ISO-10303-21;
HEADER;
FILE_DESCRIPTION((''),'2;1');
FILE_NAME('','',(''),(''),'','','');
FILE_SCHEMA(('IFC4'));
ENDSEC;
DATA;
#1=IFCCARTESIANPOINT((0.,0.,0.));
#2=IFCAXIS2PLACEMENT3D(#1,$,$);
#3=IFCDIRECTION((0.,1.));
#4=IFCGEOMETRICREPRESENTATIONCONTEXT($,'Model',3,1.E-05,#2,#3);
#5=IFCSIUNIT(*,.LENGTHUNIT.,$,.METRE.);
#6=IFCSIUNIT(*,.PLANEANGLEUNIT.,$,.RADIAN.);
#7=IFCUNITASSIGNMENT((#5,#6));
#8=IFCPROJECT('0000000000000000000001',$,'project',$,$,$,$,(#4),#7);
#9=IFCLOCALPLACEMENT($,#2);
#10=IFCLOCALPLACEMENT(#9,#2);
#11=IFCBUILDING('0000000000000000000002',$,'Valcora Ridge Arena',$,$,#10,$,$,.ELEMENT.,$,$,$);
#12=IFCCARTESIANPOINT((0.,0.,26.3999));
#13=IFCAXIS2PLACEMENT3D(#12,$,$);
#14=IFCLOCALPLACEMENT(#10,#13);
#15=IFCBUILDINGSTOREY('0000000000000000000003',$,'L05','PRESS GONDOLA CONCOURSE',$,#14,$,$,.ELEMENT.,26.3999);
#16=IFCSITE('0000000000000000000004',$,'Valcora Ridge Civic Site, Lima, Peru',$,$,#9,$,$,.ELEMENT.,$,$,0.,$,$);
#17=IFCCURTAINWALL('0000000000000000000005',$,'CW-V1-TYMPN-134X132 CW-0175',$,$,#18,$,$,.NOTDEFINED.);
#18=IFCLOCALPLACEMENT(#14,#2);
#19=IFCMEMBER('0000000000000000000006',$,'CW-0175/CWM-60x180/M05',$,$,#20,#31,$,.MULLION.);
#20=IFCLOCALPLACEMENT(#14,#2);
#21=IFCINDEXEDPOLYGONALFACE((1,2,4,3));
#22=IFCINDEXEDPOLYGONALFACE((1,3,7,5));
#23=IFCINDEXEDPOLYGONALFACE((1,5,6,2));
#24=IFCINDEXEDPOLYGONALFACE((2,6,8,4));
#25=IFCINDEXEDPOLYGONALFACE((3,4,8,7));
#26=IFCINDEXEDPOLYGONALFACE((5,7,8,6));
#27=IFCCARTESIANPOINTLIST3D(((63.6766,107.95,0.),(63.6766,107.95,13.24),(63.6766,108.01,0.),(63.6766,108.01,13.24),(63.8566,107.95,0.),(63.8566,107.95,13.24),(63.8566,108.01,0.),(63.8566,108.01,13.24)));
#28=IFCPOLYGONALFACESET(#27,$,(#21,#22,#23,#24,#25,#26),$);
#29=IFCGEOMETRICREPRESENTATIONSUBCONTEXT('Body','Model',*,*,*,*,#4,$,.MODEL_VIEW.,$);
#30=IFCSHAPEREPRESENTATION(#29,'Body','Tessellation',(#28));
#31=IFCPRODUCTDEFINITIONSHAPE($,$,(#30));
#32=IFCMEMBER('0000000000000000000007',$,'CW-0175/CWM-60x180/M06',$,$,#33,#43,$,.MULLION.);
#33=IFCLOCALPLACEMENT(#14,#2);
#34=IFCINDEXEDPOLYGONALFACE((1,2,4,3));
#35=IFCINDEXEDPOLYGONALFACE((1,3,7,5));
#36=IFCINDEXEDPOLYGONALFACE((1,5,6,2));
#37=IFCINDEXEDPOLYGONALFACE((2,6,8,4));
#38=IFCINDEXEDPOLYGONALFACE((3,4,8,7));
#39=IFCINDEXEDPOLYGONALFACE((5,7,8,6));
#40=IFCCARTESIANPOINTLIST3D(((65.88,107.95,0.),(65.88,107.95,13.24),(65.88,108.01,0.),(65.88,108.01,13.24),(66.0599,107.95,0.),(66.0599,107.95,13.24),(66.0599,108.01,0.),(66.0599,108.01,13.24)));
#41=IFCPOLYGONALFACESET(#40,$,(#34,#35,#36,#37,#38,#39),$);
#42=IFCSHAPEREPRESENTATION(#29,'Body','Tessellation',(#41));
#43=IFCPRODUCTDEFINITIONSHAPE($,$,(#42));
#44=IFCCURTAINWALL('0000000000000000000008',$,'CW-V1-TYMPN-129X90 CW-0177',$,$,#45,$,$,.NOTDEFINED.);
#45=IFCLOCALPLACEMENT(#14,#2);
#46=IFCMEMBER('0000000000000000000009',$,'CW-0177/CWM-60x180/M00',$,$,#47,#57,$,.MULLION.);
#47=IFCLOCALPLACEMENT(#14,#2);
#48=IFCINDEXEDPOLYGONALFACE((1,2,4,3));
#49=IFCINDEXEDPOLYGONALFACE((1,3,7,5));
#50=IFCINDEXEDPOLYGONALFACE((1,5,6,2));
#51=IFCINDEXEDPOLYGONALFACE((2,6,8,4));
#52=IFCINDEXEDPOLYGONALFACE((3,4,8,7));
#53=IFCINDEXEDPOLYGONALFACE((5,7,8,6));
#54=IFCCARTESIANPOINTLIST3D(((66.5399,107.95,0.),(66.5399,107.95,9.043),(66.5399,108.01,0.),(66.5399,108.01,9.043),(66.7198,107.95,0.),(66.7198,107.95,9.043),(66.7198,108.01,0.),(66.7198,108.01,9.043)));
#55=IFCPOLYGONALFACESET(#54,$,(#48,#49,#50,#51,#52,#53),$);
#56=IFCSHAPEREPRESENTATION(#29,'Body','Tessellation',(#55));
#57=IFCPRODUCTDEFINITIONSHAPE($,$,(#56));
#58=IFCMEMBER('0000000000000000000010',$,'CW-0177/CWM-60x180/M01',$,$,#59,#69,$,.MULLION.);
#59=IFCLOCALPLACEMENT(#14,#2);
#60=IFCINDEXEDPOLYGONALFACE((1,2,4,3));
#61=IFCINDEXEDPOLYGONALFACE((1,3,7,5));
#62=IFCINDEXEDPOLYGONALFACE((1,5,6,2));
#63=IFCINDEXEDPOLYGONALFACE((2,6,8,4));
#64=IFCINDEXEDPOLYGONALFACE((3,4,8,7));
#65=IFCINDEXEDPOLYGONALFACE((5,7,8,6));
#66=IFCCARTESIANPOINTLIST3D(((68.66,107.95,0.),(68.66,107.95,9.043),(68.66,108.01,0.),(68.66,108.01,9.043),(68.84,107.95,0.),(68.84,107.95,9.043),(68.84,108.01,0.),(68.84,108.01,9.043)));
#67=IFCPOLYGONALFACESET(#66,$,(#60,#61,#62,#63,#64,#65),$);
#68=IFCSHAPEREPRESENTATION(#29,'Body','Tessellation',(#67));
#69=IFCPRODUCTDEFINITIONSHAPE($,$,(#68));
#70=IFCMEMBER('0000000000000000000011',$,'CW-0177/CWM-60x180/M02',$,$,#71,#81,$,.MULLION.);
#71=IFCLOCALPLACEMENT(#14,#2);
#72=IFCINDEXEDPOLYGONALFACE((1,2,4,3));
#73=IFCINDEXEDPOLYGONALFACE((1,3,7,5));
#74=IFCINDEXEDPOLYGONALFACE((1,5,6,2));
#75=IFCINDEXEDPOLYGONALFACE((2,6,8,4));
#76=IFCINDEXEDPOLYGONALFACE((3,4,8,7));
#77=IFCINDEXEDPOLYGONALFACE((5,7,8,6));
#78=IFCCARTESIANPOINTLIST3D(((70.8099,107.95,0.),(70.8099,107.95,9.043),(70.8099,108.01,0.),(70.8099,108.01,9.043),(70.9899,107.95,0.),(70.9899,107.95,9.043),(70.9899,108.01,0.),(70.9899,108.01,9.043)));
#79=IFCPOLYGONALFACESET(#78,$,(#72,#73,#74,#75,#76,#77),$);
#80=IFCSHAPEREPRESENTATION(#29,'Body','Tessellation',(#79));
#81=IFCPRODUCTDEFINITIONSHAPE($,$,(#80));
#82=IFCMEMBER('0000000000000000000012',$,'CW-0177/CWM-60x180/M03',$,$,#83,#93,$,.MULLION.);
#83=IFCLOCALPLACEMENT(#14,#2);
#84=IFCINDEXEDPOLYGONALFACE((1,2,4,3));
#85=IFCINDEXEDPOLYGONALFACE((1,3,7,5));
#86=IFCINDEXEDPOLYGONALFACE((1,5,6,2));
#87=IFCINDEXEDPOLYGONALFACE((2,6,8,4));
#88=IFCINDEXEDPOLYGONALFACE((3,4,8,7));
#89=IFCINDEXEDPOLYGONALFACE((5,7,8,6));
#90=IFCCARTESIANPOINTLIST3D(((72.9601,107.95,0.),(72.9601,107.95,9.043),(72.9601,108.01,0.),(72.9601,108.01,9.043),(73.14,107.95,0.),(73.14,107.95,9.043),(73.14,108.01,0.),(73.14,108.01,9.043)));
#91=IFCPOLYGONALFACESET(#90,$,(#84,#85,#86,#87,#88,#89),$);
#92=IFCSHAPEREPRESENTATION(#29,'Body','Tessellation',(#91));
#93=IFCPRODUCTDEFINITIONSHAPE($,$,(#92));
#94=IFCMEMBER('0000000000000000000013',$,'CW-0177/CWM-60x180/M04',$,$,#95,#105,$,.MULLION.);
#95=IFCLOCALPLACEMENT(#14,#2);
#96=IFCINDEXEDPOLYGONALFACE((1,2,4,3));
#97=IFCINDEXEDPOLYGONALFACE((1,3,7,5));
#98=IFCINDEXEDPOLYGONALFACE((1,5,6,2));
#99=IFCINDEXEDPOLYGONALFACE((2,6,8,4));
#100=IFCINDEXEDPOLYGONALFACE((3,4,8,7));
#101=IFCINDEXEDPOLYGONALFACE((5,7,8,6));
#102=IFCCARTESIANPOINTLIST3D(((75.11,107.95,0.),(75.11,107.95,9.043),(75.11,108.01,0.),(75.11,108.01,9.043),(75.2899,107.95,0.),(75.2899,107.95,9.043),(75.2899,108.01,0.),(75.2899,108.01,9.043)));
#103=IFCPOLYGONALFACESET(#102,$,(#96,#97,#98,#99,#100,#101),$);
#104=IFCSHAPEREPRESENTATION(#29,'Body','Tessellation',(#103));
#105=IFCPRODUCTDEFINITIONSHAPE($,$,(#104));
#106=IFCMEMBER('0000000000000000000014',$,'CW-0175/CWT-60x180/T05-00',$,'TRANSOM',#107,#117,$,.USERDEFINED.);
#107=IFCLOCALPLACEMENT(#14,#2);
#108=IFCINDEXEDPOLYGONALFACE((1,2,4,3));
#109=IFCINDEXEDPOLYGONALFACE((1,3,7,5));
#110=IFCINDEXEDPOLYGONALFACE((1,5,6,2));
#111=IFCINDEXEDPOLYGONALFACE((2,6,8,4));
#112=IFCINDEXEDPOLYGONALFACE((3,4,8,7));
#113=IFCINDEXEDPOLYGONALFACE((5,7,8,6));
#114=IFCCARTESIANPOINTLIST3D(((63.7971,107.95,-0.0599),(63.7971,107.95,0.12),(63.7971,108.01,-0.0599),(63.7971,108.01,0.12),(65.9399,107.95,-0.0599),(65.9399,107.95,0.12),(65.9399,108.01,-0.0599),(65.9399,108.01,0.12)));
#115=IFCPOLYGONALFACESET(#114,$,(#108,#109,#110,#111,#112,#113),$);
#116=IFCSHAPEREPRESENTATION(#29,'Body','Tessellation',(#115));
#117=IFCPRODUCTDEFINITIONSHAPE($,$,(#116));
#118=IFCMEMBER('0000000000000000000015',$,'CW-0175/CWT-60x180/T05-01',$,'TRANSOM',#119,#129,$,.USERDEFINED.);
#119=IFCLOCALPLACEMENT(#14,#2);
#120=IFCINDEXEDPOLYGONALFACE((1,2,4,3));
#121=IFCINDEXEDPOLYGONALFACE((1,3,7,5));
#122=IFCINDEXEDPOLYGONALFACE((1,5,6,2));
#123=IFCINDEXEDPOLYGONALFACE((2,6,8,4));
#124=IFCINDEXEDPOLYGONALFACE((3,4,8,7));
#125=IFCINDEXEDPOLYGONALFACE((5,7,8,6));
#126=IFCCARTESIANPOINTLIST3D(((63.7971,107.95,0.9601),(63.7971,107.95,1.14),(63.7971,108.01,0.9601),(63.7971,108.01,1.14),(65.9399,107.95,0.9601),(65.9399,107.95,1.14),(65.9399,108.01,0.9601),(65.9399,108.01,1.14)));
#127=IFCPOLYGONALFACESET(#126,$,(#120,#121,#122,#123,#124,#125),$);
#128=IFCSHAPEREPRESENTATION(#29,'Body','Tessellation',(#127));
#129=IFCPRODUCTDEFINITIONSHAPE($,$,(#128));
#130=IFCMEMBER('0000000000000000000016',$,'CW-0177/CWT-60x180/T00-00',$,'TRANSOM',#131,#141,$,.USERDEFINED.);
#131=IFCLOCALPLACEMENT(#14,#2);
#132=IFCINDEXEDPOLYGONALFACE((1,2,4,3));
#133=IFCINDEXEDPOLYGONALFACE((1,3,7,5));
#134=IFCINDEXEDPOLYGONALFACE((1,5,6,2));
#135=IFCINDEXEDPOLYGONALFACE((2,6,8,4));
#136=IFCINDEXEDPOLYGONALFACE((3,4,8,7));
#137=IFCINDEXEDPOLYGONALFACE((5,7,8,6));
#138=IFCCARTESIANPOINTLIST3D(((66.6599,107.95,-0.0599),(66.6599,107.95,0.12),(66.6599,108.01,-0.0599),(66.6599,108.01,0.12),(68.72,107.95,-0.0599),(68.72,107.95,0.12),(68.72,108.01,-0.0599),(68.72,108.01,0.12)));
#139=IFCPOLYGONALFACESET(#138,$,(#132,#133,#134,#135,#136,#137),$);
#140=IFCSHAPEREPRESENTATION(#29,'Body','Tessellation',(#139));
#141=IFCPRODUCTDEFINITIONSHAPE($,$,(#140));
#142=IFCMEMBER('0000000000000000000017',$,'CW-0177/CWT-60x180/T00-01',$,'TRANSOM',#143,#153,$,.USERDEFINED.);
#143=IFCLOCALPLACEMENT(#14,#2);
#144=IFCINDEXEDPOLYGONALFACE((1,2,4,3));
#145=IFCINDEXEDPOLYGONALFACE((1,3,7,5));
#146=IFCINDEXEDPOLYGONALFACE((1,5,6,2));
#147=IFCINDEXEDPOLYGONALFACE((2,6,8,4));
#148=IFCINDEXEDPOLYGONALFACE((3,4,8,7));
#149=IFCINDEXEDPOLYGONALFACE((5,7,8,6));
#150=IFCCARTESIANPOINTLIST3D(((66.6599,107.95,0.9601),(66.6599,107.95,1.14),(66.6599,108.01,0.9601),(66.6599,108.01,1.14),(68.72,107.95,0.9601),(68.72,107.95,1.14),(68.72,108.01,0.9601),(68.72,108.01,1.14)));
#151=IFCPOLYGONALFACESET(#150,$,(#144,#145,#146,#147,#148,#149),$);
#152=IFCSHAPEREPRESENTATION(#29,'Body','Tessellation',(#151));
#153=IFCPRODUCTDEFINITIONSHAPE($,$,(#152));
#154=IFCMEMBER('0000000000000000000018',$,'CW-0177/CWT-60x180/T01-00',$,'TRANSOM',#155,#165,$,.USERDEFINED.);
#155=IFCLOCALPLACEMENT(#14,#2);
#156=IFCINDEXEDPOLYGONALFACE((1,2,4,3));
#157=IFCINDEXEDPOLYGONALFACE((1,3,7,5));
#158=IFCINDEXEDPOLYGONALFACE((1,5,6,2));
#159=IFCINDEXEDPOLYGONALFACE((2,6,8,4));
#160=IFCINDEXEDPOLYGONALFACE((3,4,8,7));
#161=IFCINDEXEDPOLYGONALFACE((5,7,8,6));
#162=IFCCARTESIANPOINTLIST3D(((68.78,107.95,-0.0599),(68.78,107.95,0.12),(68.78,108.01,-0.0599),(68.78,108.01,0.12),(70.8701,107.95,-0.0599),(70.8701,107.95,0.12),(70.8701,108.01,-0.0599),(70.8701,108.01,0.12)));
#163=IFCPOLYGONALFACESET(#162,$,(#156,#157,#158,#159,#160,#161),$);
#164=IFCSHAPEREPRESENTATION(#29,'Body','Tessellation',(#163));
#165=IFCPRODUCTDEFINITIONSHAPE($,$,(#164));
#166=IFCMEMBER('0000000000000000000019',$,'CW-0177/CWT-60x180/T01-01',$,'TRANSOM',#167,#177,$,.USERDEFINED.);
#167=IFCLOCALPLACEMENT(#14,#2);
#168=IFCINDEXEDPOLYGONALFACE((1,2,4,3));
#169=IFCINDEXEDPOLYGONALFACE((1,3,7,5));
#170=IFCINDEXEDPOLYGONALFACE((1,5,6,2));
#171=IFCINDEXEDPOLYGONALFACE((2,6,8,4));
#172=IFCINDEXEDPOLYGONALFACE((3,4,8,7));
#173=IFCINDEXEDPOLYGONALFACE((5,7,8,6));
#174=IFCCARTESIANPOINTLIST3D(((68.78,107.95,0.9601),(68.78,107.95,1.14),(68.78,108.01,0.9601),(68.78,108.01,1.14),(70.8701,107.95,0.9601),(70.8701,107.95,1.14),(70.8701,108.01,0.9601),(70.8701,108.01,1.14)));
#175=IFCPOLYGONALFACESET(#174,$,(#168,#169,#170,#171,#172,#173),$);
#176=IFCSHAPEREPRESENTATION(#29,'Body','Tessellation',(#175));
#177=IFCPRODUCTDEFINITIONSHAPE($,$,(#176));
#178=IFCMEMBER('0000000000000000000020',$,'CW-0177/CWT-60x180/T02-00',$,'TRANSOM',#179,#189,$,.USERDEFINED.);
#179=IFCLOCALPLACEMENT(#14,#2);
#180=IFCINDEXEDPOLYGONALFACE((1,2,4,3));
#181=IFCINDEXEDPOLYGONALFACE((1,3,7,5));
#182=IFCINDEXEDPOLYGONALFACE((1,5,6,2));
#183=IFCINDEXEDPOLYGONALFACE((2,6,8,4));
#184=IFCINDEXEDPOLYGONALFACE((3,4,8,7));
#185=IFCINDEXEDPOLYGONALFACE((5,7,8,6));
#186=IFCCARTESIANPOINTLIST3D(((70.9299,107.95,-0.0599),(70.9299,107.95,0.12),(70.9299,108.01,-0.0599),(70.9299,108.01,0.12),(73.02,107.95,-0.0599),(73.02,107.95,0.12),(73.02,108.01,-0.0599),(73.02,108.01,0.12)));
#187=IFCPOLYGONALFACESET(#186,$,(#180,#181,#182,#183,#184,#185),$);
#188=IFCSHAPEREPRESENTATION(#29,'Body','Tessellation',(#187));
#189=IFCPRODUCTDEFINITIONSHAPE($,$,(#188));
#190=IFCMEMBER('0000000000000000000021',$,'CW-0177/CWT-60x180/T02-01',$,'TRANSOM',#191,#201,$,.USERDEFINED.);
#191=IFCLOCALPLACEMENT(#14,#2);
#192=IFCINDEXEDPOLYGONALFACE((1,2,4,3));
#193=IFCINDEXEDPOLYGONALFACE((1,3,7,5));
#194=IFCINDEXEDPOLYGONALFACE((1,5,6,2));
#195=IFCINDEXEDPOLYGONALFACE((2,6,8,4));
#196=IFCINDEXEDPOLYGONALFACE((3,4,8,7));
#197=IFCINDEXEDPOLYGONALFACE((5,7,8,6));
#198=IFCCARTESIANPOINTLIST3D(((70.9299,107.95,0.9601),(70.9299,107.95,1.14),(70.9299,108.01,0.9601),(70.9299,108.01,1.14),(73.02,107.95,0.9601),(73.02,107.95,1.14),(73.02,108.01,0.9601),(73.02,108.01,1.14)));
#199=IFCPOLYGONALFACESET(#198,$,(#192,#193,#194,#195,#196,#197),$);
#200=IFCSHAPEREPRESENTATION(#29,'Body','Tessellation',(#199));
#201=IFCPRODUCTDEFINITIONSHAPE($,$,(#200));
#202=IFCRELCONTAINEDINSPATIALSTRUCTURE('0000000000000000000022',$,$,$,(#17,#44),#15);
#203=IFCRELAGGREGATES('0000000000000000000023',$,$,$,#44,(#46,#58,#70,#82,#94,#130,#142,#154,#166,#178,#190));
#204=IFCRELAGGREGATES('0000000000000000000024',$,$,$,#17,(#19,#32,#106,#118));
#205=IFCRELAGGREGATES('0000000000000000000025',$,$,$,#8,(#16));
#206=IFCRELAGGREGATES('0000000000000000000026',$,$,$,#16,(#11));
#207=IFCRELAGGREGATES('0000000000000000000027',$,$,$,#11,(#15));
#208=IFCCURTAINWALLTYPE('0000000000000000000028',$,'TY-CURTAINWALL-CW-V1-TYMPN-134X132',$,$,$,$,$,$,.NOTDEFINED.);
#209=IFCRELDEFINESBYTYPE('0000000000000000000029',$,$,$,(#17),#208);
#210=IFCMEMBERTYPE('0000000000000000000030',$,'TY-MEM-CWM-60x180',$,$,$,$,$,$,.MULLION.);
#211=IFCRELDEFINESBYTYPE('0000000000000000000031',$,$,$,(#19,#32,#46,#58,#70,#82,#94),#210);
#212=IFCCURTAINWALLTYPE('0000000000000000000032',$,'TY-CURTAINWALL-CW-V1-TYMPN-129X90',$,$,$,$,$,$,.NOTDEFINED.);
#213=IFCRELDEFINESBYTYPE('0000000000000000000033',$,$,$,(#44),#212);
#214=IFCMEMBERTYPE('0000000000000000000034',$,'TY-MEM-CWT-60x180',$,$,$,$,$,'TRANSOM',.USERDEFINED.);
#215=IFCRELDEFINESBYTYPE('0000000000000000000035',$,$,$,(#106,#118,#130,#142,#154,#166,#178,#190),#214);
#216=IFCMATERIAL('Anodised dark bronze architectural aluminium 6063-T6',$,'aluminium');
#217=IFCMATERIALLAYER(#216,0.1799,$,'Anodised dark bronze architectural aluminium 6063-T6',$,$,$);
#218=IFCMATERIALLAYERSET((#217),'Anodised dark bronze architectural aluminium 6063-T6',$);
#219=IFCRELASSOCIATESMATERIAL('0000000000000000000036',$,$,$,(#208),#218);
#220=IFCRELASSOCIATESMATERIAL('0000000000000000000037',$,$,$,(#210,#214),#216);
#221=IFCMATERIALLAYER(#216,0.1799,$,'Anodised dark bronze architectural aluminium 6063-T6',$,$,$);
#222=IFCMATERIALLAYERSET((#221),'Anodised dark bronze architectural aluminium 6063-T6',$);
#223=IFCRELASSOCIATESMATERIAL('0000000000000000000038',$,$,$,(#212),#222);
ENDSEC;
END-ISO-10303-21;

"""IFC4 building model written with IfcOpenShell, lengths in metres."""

from ifc_helpers import new_model, si_unit, direction, frame, origin, origin_2d, place, context, subcontext, project, spatial, rectangle, extrude, material, layer, layer_set, material_profile, profile_set, type_object, element, aggregate, save


model = new_model("IFC4")

# Units and contexts
model_context = context("Model", 3, precision=1e-05, world=origin(), true_north=direction((0.0, 1.0)))
body_context = subcontext(model_context, "Body", "Model", "MODEL_VIEW")
ifc_project = project(units=[si_unit("LENGTHUNIT", "METRE"), si_unit("PLANEANGLEUNIT", "RADIAN")], contexts=[model_context])

# Site, building, storey
site_placement = place(None, origin())
site = spatial("IfcSite", under=ifc_project, at=site_placement, Name="Valcora Ridge Civic Site, Lima, Peru", CompositionType="ELEMENT", RefElevation=0.0)
building_placement = place(site_placement, origin())
building = spatial("IfcBuilding", under=site, at=building_placement, Name="Valcora Ridge Arena", CompositionType="ELEMENT")
storey_placement = place(building_placement, frame((0.0, 0.0, 26.3999)))
storey = spatial("IfcBuildingStorey", under=building, at=storey_placement, Name="L05", Description="PRESS GONDOLA CONCOURSE", CompositionType="ELEMENT", Elevation=26.3999)

# Curtain walls, members
ifc_material_1 = material(Name="Anodised dark bronze architectural aluminium 6063-T6", Category="aluminium")
ifc_layer_1 = layer(ifc_material_1, 0.1799, Name="Anodised dark bronze architectural aluminium 6063-T6")
ifc_layer_set_1 = layer_set([ifc_layer_1], Name="Anodised dark bronze architectural aluminium 6063-T6")
curtain_wall_type_1 = type_object("IfcCurtainWallType", Name="TY-CURTAINWALL-CW-V1-TYMPN-134X132", PredefinedType="NOTDEFINED", material=ifc_layer_set_1)
curtain_wall_1_placement = place(storey_placement, origin())
curtain_wall_1 = element("IfcCurtainWall", 1, at=curtain_wall_1_placement, inside=storey, type_object=curtain_wall_type_1, Name="CW-V1-TYMPN-134X132 CW-0175", PredefinedType="NOTDEFINED")
ifc_material_profile_1 = material_profile(ifc_material_1, rectangle(XDim=0.0601, YDim=0.1799, at=origin_2d()), Name="ALU MULLION 60x180")
ifc_profile_set_1 = profile_set([ifc_material_profile_1], Name="Anodised dark bronze architectural aluminium 6063-T6")
member_type_1 = type_object("IfcMemberType", Name="TY-MEM-CWM-60x180", PredefinedType="MULLION", material=ifc_profile_set_1)
member_1_placement = place(storey_placement, frame((63.7666, 107.98, 0.0), z_axis=(0.0, 0.0, 1.0), x_axis=(0.0, 1.0, 0.0)))
member_1 = element("IfcMember", 2, at=member_1_placement, type_object=member_type_1, Name="CW-0175/CWM-60x180/M05", PredefinedType="MULLION", context=body_context, shape_type="SweptSolid", body=[
    extrude(rectangle(XDim=0.0601, YDim=0.1799, at=origin_2d()), origin(), (0.0, 0.0, 1.0), 13.24),
])
member_2_placement = place(storey_placement, frame((65.97, 107.98, 0.0), z_axis=(0.0, 0.0, 1.0), x_axis=(0.0, 1.0, 0.0)))
member_2 = element("IfcMember", 3, at=member_2_placement, type_object=member_type_1, Name="CW-0175/CWM-60x180/M06", PredefinedType="MULLION", context=body_context, shape_type="SweptSolid", body=[
    extrude(rectangle(XDim=0.0601, YDim=0.1799, at=origin_2d()), origin(), (0.0, 0.0, 1.0), 13.24),
])
ifc_layer_2 = layer(ifc_material_1, 0.1799, Name="Anodised dark bronze architectural aluminium 6063-T6")
ifc_layer_set_2 = layer_set([ifc_layer_2], Name="Anodised dark bronze architectural aluminium 6063-T6")
curtain_wall_type_2 = type_object("IfcCurtainWallType", Name="TY-CURTAINWALL-CW-V1-TYMPN-129X90", PredefinedType="NOTDEFINED", material=ifc_layer_set_2)
curtain_wall_2_placement = place(storey_placement, origin())
curtain_wall_2 = element("IfcCurtainWall", 4, at=curtain_wall_2_placement, inside=storey, type_object=curtain_wall_type_2, Name="CW-V1-TYMPN-129X90 CW-0177", PredefinedType="NOTDEFINED")
member_3_placement = place(storey_placement, frame((66.6299, 107.98, 0.0), z_axis=(0.0, 0.0, 1.0), x_axis=(0.0, 1.0, 0.0)))
member_3 = element("IfcMember", 5, at=member_3_placement, type_object=member_type_1, Name="CW-0177/CWM-60x180/M00", PredefinedType="MULLION", context=body_context, shape_type="SweptSolid", body=[
    extrude(rectangle(XDim=0.0601, YDim=0.1799, at=origin_2d()), origin(), (0.0, 0.0, 1.0), 9.043),
])
member_4_placement = place(storey_placement, frame((68.75, 107.98, 0.0), z_axis=(0.0, 0.0, 1.0), x_axis=(0.0, 1.0, 0.0)))
member_4 = element("IfcMember", 6, at=member_4_placement, type_object=member_type_1, Name="CW-0177/CWM-60x180/M01", PredefinedType="MULLION", context=body_context, shape_type="SweptSolid", body=[
    extrude(rectangle(XDim=0.0601, YDim=0.1799, at=origin_2d()), origin(), (0.0, 0.0, 1.0), 9.043),
])
member_5_placement = place(storey_placement, frame((70.8999, 107.98, 0.0), z_axis=(0.0, 0.0, 1.0), x_axis=(0.0, 1.0, 0.0)))
member_5 = element("IfcMember", 7, at=member_5_placement, type_object=member_type_1, Name="CW-0177/CWM-60x180/M02", PredefinedType="MULLION", context=body_context, shape_type="SweptSolid", body=[
    extrude(rectangle(XDim=0.0601, YDim=0.1799, at=origin_2d()), origin(), (0.0, 0.0, 1.0), 9.043),
])
member_6_placement = place(storey_placement, frame((73.05, 107.98, 0.0), z_axis=(0.0, 0.0, 1.0), x_axis=(0.0, 1.0, 0.0)))
member_6 = element("IfcMember", 8, at=member_6_placement, type_object=member_type_1, Name="CW-0177/CWM-60x180/M03", PredefinedType="MULLION", context=body_context, shape_type="SweptSolid", body=[
    extrude(rectangle(XDim=0.0601, YDim=0.1799, at=origin_2d()), origin(), (0.0, 0.0, 1.0), 9.043),
])
member_7_placement = place(storey_placement, frame((75.2, 107.98, 0.0), z_axis=(0.0, 0.0, 1.0), x_axis=(0.0, 1.0, 0.0)))
member_7 = element("IfcMember", 9, at=member_7_placement, type_object=member_type_1, Name="CW-0177/CWM-60x180/M04", PredefinedType="MULLION", context=body_context, shape_type="SweptSolid", body=[
    extrude(rectangle(XDim=0.0601, YDim=0.1799, at=origin_2d()), origin(), (0.0, 0.0, 1.0), 9.043),
])

# Members
ifc_material_profile_2 = material_profile(ifc_material_1, rectangle(XDim=0.0601, YDim=0.1799, at=origin_2d()), Name="ALU TRANSOM 60x180")
ifc_profile_set_2 = profile_set([ifc_material_profile_2], Name="Anodised dark bronze architectural aluminium 6063-T6")
member_type_2 = type_object("IfcMemberType", Name="TY-MEM-CWT-60x180", ElementType="TRANSOM", PredefinedType="USERDEFINED", material=ifc_profile_set_2)
member_8_placement = place(storey_placement, frame((63.7971, 107.98, 0.03), z_axis=(1.0, 0.0, 0.0), x_axis=(0.0, 1.0, 0.0)))
member_8 = element("IfcMember", 10, at=member_8_placement, type_object=member_type_2, Name="CW-0175/CWT-60x180/T05-00", ObjectType="TRANSOM", PredefinedType="USERDEFINED", context=body_context, shape_type="SweptSolid", body=[
    extrude(rectangle(XDim=0.0601, YDim=0.1799, at=origin_2d()), origin(), (0.0, 0.0, 1.0), 2.1428),
])
member_9_placement = place(storey_placement, frame((63.7971, 107.98, 1.05), z_axis=(1.0, 0.0, 0.0), x_axis=(0.0, 1.0, 0.0)))
member_9 = element("IfcMember", 11, at=member_9_placement, type_object=member_type_2, Name="CW-0175/CWT-60x180/T05-01", ObjectType="TRANSOM", PredefinedType="USERDEFINED", context=body_context, shape_type="SweptSolid", body=[
    extrude(rectangle(XDim=0.0601, YDim=0.1799, at=origin_2d()), origin(), (0.0, 0.0, 1.0), 2.1428),
])
member_10_placement = place(storey_placement, frame((66.6599, 107.98, 0.03), z_axis=(1.0, 0.0, 0.0), x_axis=(0.0, 1.0, 0.0)))
member_10 = element("IfcMember", 12, at=member_10_placement, type_object=member_type_2, Name="CW-0177/CWT-60x180/T00-00", ObjectType="TRANSOM", PredefinedType="USERDEFINED", context=body_context, shape_type="SweptSolid", body=[
    extrude(rectangle(XDim=0.0601, YDim=0.1799, at=origin_2d()), origin(), (0.0, 0.0, 1.0), 2.0601),
])
member_11_placement = place(storey_placement, frame((66.6599, 107.98, 1.05), z_axis=(1.0, 0.0, 0.0), x_axis=(0.0, 1.0, 0.0)))
member_11 = element("IfcMember", 13, at=member_11_placement, type_object=member_type_2, Name="CW-0177/CWT-60x180/T00-01", ObjectType="TRANSOM", PredefinedType="USERDEFINED", context=body_context, shape_type="SweptSolid", body=[
    extrude(rectangle(XDim=0.0601, YDim=0.1799, at=origin_2d()), origin(), (0.0, 0.0, 1.0), 2.0601),
])
member_12_placement = place(storey_placement, frame((68.78, 107.98, 0.03), z_axis=(1.0, 0.0, 0.0), x_axis=(0.0, 1.0, 0.0)))
member_12 = element("IfcMember", 14, at=member_12_placement, type_object=member_type_2, Name="CW-0177/CWT-60x180/T01-00", ObjectType="TRANSOM", PredefinedType="USERDEFINED", context=body_context, shape_type="SweptSolid", body=[
    extrude(rectangle(XDim=0.0601, YDim=0.1799, at=origin_2d()), origin(), (0.0, 0.0, 1.0), 2.0901),
])
member_13_placement = place(storey_placement, frame((68.78, 107.98, 1.05), z_axis=(1.0, 0.0, 0.0), x_axis=(0.0, 1.0, 0.0)))
member_13 = element("IfcMember", 15, at=member_13_placement, type_object=member_type_2, Name="CW-0177/CWT-60x180/T01-01", ObjectType="TRANSOM", PredefinedType="USERDEFINED", context=body_context, shape_type="SweptSolid", body=[
    extrude(rectangle(XDim=0.0601, YDim=0.1799, at=origin_2d()), origin(), (0.0, 0.0, 1.0), 2.0901),
])
member_14_placement = place(storey_placement, frame((70.9299, 107.98, 0.03), z_axis=(1.0, 0.0, 0.0), x_axis=(0.0, 1.0, 0.0)))
member_14 = element("IfcMember", 16, at=member_14_placement, type_object=member_type_2, Name="CW-0177/CWT-60x180/T02-00", ObjectType="TRANSOM", PredefinedType="USERDEFINED", context=body_context, shape_type="SweptSolid", body=[
    extrude(rectangle(XDim=0.0601, YDim=0.1799, at=origin_2d()), origin(), (0.0, 0.0, 1.0), 2.0901),
])
member_15_placement = place(storey_placement, frame((70.9299, 107.98, 1.05), z_axis=(1.0, 0.0, 0.0), x_axis=(0.0, 1.0, 0.0)))
member_15 = element("IfcMember", 17, at=member_15_placement, type_object=member_type_2, Name="CW-0177/CWT-60x180/T02-01", ObjectType="TRANSOM", PredefinedType="USERDEFINED", context=body_context, shape_type="SweptSolid", body=[
    extrude(rectangle(XDim=0.0601, YDim=0.1799, at=origin_2d()), origin(), (0.0, 0.0, 1.0), 2.0901),
])

aggregate(curtain_wall_2, [member_3, member_4, member_5, member_6, member_7, member_10, member_11, member_12, member_13, member_14, member_15])
aggregate(curtain_wall_1, [member_1, member_2, member_8, member_9])

save(model, "model.ifc")
